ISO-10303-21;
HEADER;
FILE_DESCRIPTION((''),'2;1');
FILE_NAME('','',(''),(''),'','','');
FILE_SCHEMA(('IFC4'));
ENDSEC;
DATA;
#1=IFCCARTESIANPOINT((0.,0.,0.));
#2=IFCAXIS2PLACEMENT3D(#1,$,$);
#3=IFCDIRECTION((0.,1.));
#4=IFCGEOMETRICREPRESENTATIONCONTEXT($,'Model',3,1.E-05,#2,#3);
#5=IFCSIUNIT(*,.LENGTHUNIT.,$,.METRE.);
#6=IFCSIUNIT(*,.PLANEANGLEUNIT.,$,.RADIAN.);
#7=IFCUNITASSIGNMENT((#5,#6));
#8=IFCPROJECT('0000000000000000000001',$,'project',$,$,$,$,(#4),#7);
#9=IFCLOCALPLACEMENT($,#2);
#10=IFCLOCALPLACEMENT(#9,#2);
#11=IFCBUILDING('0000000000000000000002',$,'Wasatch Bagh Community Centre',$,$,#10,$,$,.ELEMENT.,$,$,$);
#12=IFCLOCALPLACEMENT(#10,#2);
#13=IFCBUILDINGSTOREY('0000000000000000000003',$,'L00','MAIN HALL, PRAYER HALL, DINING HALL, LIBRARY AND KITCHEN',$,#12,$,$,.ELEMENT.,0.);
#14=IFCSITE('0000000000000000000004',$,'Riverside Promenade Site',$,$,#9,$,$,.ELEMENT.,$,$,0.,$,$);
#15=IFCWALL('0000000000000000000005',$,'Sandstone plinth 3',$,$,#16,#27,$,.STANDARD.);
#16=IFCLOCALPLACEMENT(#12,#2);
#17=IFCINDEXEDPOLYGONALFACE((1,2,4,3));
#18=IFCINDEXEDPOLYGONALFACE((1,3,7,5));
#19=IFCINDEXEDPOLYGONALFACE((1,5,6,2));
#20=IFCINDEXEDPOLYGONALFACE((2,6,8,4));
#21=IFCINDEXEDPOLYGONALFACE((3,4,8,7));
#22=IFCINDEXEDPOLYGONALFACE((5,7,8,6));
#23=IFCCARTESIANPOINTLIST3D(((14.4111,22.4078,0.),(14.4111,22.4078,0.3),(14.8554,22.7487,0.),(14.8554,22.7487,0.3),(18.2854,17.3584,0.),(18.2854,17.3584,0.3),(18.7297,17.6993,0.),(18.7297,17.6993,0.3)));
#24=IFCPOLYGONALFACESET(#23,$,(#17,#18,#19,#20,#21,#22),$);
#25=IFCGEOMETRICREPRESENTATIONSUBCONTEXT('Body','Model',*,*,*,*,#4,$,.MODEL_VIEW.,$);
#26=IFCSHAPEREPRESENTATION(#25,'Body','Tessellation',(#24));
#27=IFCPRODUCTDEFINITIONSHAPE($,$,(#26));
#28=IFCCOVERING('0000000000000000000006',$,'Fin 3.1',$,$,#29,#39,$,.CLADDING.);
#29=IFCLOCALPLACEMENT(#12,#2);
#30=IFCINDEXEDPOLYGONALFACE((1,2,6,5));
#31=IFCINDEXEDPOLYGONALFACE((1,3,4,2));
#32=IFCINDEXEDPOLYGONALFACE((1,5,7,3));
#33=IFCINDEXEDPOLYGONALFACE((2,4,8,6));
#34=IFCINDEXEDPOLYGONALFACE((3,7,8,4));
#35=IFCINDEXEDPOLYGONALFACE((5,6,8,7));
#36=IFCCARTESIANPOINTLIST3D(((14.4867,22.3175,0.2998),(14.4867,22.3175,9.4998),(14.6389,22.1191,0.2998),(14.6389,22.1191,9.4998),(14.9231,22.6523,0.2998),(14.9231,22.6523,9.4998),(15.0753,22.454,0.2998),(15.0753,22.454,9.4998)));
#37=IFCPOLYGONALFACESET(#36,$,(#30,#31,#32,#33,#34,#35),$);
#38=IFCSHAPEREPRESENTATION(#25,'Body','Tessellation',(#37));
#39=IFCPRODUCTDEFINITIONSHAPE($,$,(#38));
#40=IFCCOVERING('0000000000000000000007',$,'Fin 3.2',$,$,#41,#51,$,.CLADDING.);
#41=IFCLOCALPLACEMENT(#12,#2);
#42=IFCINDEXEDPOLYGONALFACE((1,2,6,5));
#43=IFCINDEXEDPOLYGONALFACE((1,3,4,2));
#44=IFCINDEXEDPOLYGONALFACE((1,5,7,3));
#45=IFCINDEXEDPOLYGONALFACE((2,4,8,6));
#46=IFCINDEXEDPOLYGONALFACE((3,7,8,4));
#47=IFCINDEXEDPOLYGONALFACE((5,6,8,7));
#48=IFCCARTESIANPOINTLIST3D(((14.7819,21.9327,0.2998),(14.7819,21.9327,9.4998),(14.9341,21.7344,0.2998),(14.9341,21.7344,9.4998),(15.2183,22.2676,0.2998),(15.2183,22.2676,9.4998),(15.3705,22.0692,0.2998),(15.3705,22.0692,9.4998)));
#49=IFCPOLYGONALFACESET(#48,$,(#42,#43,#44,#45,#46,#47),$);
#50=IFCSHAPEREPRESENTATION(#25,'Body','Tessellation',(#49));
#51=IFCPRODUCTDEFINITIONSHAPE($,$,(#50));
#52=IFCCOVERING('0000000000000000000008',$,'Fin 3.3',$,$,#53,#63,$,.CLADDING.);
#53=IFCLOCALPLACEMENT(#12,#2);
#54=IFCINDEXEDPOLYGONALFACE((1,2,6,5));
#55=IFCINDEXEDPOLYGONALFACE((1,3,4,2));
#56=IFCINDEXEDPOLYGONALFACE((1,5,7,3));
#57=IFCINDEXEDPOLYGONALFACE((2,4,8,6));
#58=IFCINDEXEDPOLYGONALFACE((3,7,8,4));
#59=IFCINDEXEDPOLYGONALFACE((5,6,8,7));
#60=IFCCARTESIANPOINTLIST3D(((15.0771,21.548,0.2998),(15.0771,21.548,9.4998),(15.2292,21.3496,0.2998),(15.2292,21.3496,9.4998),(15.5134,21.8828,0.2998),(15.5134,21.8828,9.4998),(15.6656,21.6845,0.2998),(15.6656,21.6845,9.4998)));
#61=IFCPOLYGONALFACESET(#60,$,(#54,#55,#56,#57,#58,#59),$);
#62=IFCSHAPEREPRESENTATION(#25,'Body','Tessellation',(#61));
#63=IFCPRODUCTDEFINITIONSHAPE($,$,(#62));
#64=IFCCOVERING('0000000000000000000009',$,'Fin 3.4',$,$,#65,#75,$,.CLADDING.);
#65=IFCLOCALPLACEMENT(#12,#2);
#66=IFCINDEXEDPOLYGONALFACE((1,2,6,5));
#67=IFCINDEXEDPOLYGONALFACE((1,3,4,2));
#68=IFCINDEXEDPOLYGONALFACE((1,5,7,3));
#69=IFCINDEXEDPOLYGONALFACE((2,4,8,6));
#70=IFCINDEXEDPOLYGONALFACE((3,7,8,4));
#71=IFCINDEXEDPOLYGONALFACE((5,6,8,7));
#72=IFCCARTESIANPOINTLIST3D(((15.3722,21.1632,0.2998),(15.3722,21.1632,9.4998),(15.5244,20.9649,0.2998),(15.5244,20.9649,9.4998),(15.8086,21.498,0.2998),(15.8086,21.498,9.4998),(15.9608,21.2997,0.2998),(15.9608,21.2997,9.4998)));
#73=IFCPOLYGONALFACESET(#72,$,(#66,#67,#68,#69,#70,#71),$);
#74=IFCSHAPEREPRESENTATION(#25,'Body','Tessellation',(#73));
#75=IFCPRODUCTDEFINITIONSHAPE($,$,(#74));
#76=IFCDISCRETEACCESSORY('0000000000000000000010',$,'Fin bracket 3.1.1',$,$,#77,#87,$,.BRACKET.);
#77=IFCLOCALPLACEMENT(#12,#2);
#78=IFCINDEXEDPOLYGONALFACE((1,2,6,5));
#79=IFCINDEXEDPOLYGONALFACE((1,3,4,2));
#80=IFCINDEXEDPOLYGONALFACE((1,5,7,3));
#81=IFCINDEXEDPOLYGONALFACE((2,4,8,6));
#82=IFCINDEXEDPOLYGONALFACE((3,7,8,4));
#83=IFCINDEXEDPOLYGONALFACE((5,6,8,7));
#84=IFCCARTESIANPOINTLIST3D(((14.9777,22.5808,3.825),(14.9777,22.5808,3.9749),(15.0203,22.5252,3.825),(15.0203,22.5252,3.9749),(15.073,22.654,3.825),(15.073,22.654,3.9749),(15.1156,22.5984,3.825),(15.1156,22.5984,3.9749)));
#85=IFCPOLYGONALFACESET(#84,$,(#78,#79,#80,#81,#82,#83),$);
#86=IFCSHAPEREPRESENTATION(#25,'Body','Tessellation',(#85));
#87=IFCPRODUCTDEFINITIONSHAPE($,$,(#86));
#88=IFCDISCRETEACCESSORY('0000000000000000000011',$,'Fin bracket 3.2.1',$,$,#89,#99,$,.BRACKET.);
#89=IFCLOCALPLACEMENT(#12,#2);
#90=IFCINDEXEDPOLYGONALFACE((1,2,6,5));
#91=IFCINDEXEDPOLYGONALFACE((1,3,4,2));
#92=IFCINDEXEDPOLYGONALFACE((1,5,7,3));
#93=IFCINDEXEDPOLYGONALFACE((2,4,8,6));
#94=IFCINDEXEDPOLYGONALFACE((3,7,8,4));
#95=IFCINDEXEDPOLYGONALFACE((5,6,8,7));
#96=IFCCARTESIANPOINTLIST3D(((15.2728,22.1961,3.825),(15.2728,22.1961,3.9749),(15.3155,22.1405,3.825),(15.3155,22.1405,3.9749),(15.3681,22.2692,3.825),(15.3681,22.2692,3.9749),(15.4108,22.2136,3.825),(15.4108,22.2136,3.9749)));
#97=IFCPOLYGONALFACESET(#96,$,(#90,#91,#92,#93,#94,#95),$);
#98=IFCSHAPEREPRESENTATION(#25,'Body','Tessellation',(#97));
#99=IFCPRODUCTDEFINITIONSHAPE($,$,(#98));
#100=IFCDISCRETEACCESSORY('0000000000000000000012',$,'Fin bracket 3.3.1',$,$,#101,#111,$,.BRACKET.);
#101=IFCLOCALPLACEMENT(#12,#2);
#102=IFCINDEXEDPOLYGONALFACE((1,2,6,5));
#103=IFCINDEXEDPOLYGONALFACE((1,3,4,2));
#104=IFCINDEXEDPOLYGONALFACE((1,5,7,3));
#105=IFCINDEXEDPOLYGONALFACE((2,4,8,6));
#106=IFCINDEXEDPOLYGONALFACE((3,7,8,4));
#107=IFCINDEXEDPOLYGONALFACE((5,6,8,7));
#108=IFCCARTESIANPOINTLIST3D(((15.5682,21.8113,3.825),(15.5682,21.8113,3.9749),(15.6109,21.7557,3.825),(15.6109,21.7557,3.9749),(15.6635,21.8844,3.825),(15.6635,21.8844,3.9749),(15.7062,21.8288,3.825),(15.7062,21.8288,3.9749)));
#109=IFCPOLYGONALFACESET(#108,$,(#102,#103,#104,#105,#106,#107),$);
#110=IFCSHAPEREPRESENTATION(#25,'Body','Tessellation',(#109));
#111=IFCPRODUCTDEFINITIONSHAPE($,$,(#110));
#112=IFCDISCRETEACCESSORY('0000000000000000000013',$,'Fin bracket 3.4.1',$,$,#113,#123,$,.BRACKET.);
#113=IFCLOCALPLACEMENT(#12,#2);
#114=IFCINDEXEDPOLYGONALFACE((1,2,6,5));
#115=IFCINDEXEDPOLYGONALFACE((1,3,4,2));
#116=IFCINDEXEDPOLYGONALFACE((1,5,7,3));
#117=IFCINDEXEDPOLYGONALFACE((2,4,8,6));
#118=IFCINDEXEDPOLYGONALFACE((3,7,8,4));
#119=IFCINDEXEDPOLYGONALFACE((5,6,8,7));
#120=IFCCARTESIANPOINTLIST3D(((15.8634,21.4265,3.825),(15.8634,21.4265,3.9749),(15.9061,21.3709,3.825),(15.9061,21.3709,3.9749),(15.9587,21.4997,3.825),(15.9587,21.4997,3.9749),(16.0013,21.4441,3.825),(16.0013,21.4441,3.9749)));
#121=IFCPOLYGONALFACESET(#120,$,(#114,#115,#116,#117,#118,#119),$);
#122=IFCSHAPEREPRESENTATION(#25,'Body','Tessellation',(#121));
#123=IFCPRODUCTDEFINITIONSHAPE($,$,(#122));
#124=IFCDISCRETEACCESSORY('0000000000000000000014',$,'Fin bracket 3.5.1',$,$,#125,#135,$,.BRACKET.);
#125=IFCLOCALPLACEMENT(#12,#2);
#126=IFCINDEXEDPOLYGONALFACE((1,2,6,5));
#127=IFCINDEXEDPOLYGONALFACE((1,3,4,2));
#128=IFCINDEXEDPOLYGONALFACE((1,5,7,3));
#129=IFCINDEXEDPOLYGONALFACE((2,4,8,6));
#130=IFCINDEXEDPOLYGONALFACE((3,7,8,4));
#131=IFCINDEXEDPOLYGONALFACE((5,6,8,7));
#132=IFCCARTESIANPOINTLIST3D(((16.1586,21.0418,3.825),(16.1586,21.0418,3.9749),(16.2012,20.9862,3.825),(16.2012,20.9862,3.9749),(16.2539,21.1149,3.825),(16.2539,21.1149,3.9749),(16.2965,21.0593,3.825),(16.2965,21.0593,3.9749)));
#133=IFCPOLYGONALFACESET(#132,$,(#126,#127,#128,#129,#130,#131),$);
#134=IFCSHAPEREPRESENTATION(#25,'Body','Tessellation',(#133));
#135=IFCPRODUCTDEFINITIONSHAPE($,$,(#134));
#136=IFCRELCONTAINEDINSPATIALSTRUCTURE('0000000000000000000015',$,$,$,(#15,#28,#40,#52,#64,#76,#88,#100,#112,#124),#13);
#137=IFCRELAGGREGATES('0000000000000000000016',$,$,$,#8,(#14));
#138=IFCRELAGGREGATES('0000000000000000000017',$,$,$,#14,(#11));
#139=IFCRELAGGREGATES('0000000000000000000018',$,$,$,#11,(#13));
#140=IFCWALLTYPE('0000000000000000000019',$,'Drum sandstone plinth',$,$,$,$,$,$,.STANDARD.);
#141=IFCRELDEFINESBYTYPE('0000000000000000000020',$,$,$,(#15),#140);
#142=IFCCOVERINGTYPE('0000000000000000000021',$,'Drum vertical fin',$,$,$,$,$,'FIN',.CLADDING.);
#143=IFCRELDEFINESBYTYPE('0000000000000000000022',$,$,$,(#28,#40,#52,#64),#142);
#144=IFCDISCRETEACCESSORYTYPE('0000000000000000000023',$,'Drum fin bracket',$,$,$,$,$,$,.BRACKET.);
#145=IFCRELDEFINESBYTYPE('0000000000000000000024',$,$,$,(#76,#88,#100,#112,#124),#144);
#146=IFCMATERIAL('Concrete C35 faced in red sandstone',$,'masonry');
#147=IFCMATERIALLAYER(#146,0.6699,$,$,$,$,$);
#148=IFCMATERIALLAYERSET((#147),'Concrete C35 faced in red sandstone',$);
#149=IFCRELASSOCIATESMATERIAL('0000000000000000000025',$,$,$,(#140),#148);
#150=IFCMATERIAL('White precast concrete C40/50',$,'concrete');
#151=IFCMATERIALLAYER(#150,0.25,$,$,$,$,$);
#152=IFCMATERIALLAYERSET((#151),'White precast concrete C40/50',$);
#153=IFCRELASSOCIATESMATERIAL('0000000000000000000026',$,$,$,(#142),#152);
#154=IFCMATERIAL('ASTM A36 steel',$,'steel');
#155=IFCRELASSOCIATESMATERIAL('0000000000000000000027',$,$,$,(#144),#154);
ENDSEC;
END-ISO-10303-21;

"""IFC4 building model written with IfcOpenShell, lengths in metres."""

from ifc_helpers import new_model, si_unit, direction, frame, frame_2d, origin, origin_2d, place, context, subcontext, project, spatial, rectangle, extrude, material, layer, layer_set, type_object, element, save


model = new_model("IFC4")

# Units and contexts
model_context = context("Model", 3, precision=1e-05, world=origin(), true_north=direction((0.0, 1.0)))
body_context = subcontext(model_context, "Body", "Model", "MODEL_VIEW")
ifc_project = project(units=[si_unit("LENGTHUNIT", "METRE"), si_unit("PLANEANGLEUNIT", "RADIAN")], contexts=[model_context])

# Site, building, storey
site_placement = place(None, origin())
site = spatial("IfcSite", under=ifc_project, at=site_placement, Name="Riverside Promenade Site", CompositionType="ELEMENT", RefElevation=0.0)
building_placement = place(site_placement, origin())
building = spatial("IfcBuilding", under=site, at=building_placement, Name="Wasatch Bagh Community Centre", CompositionType="ELEMENT")
storey_placement = place(building_placement, origin())
storey = spatial("IfcBuildingStorey", under=building, at=storey_placement, Name="L00", Description="MAIN HALL, PRAYER HALL, DINING HALL, LIBRARY AND KITCHEN", CompositionType="ELEMENT", Elevation=0.0)

# Wall
ifc_material_1 = material(Name="Concrete C35 faced in red sandstone", Category="masonry")
ifc_layer_1 = layer(ifc_material_1, 0.6699)
ifc_layer_set_1 = layer_set([ifc_layer_1], Name="Concrete C35 faced in red sandstone")
wall_type = type_object("IfcWallType", Name="Drum sandstone plinth", PredefinedType="STANDARD", material=ifc_layer_set_1)
wall_placement = place(storey_placement, frame((14.6333, 22.5781, 0.0), z_axis=(0.0, 0.0, 1.0), x_axis=(0.608741, -0.793369, 0.0)))
element("IfcWall", 1, at=wall_placement, inside=storey, type_object=wall_type, Name="Sandstone plinth 3", PredefinedType="STANDARD", context=body_context, shape_type="SweptSolid", body=[
    extrude(rectangle(XDim=6.3645, YDim=0.5601, at=frame_2d((3.1821, 0.0))), origin(), (0.0, 0.0, 1.0), 0.3),
])

# Coverings
ifc_material_2 = material(Name="White precast concrete C40/50", Category="concrete")
ifc_layer_2 = layer(ifc_material_2, 0.25)
ifc_layer_set_2 = layer_set([ifc_layer_2], Name="White precast concrete C40/50")
covering_type = type_object("IfcCoveringType", Name="Drum vertical fin", ElementType="FIN", PredefinedType="CLADDING", material=ifc_layer_set_2)
for number, where, z_axis, x_axis, name in (
    (2, (14.781, 22.3857, 0.2998), (0.0, 0.0, 1.0), (0.608761, -0.793353, 0.0), "Fin 3.1"),
    (3, (15.0762, 22.001, 0.2998), (0.0, 0.0, 1.0), (0.608761, -0.793353, 0.0), "Fin 3.2"),
    (4, (15.3713, 21.6162, 0.2998), (0.0, 0.0, 1.0), (0.608761, -0.793353, 0.0), "Fin 3.3"),
    (5, (15.6665, 21.2314, 0.2998), (0.0, 0.0, 1.0), (0.608761, -0.793353, 0.0), "Fin 3.4"),
):
    element("IfcCovering", number, at=place(storey_placement, frame(where, z_axis=z_axis, x_axis=x_axis)), inside=storey, type_object=covering_type, Name=name, PredefinedType="CLADDING", context=body_context, shape_type="SweptSolid", body=[
        extrude(rectangle(XDim=0.25, YDim=0.55, at=origin_2d()), origin(), (0.0, 0.0, 1.0), 9.2),
    ])

# Discrete accessories
ifc_material_3 = material(Name="ASTM A36 steel", Category="steel")
discrete_accessory_type = type_object("IfcDiscreteAccessoryType", Name="Drum fin bracket", PredefinedType="BRACKET", material=ifc_material_3)
for number, where, z_axis, x_axis, name in (
    (6, (15.0466, 22.5896, 3.825), (0.0, 0.0, 1.0), (0.608761, -0.793353, 0.0), "Fin bracket 3.1.1"),
    (7, (15.3418, 22.2048, 3.825), (0.0, 0.0, 1.0), (0.608761, -0.793353, 0.0), "Fin bracket 3.2.1"),
    (8, (15.6372, 21.8201, 3.825), (0.0, 0.0, 1.0), (0.608761, -0.793353, 0.0), "Fin bracket 3.3.1"),
    (9, (15.9324, 21.4353, 3.825), (0.0, 0.0, 1.0), (0.608761, -0.793353, 0.0), "Fin bracket 3.4.1"),
    (10, (16.2275, 21.0505, 3.825), (0.0, 0.0, 1.0), (0.608761, -0.793353, 0.0), "Fin bracket 3.5.1"),
):
    element("IfcDiscreteAccessory", number, at=place(storey_placement, frame(where, z_axis=z_axis, x_axis=x_axis)), inside=storey, type_object=discrete_accessory_type, Name=name, PredefinedType="BRACKET", context=body_context, shape_type="SweptSolid", body=[
        extrude(rectangle(XDim=0.0701, YDim=0.1201, at=origin_2d()), origin(), (0.0, 0.0, 1.0), 0.1499),
    ])

save(model, "model.ifc")
